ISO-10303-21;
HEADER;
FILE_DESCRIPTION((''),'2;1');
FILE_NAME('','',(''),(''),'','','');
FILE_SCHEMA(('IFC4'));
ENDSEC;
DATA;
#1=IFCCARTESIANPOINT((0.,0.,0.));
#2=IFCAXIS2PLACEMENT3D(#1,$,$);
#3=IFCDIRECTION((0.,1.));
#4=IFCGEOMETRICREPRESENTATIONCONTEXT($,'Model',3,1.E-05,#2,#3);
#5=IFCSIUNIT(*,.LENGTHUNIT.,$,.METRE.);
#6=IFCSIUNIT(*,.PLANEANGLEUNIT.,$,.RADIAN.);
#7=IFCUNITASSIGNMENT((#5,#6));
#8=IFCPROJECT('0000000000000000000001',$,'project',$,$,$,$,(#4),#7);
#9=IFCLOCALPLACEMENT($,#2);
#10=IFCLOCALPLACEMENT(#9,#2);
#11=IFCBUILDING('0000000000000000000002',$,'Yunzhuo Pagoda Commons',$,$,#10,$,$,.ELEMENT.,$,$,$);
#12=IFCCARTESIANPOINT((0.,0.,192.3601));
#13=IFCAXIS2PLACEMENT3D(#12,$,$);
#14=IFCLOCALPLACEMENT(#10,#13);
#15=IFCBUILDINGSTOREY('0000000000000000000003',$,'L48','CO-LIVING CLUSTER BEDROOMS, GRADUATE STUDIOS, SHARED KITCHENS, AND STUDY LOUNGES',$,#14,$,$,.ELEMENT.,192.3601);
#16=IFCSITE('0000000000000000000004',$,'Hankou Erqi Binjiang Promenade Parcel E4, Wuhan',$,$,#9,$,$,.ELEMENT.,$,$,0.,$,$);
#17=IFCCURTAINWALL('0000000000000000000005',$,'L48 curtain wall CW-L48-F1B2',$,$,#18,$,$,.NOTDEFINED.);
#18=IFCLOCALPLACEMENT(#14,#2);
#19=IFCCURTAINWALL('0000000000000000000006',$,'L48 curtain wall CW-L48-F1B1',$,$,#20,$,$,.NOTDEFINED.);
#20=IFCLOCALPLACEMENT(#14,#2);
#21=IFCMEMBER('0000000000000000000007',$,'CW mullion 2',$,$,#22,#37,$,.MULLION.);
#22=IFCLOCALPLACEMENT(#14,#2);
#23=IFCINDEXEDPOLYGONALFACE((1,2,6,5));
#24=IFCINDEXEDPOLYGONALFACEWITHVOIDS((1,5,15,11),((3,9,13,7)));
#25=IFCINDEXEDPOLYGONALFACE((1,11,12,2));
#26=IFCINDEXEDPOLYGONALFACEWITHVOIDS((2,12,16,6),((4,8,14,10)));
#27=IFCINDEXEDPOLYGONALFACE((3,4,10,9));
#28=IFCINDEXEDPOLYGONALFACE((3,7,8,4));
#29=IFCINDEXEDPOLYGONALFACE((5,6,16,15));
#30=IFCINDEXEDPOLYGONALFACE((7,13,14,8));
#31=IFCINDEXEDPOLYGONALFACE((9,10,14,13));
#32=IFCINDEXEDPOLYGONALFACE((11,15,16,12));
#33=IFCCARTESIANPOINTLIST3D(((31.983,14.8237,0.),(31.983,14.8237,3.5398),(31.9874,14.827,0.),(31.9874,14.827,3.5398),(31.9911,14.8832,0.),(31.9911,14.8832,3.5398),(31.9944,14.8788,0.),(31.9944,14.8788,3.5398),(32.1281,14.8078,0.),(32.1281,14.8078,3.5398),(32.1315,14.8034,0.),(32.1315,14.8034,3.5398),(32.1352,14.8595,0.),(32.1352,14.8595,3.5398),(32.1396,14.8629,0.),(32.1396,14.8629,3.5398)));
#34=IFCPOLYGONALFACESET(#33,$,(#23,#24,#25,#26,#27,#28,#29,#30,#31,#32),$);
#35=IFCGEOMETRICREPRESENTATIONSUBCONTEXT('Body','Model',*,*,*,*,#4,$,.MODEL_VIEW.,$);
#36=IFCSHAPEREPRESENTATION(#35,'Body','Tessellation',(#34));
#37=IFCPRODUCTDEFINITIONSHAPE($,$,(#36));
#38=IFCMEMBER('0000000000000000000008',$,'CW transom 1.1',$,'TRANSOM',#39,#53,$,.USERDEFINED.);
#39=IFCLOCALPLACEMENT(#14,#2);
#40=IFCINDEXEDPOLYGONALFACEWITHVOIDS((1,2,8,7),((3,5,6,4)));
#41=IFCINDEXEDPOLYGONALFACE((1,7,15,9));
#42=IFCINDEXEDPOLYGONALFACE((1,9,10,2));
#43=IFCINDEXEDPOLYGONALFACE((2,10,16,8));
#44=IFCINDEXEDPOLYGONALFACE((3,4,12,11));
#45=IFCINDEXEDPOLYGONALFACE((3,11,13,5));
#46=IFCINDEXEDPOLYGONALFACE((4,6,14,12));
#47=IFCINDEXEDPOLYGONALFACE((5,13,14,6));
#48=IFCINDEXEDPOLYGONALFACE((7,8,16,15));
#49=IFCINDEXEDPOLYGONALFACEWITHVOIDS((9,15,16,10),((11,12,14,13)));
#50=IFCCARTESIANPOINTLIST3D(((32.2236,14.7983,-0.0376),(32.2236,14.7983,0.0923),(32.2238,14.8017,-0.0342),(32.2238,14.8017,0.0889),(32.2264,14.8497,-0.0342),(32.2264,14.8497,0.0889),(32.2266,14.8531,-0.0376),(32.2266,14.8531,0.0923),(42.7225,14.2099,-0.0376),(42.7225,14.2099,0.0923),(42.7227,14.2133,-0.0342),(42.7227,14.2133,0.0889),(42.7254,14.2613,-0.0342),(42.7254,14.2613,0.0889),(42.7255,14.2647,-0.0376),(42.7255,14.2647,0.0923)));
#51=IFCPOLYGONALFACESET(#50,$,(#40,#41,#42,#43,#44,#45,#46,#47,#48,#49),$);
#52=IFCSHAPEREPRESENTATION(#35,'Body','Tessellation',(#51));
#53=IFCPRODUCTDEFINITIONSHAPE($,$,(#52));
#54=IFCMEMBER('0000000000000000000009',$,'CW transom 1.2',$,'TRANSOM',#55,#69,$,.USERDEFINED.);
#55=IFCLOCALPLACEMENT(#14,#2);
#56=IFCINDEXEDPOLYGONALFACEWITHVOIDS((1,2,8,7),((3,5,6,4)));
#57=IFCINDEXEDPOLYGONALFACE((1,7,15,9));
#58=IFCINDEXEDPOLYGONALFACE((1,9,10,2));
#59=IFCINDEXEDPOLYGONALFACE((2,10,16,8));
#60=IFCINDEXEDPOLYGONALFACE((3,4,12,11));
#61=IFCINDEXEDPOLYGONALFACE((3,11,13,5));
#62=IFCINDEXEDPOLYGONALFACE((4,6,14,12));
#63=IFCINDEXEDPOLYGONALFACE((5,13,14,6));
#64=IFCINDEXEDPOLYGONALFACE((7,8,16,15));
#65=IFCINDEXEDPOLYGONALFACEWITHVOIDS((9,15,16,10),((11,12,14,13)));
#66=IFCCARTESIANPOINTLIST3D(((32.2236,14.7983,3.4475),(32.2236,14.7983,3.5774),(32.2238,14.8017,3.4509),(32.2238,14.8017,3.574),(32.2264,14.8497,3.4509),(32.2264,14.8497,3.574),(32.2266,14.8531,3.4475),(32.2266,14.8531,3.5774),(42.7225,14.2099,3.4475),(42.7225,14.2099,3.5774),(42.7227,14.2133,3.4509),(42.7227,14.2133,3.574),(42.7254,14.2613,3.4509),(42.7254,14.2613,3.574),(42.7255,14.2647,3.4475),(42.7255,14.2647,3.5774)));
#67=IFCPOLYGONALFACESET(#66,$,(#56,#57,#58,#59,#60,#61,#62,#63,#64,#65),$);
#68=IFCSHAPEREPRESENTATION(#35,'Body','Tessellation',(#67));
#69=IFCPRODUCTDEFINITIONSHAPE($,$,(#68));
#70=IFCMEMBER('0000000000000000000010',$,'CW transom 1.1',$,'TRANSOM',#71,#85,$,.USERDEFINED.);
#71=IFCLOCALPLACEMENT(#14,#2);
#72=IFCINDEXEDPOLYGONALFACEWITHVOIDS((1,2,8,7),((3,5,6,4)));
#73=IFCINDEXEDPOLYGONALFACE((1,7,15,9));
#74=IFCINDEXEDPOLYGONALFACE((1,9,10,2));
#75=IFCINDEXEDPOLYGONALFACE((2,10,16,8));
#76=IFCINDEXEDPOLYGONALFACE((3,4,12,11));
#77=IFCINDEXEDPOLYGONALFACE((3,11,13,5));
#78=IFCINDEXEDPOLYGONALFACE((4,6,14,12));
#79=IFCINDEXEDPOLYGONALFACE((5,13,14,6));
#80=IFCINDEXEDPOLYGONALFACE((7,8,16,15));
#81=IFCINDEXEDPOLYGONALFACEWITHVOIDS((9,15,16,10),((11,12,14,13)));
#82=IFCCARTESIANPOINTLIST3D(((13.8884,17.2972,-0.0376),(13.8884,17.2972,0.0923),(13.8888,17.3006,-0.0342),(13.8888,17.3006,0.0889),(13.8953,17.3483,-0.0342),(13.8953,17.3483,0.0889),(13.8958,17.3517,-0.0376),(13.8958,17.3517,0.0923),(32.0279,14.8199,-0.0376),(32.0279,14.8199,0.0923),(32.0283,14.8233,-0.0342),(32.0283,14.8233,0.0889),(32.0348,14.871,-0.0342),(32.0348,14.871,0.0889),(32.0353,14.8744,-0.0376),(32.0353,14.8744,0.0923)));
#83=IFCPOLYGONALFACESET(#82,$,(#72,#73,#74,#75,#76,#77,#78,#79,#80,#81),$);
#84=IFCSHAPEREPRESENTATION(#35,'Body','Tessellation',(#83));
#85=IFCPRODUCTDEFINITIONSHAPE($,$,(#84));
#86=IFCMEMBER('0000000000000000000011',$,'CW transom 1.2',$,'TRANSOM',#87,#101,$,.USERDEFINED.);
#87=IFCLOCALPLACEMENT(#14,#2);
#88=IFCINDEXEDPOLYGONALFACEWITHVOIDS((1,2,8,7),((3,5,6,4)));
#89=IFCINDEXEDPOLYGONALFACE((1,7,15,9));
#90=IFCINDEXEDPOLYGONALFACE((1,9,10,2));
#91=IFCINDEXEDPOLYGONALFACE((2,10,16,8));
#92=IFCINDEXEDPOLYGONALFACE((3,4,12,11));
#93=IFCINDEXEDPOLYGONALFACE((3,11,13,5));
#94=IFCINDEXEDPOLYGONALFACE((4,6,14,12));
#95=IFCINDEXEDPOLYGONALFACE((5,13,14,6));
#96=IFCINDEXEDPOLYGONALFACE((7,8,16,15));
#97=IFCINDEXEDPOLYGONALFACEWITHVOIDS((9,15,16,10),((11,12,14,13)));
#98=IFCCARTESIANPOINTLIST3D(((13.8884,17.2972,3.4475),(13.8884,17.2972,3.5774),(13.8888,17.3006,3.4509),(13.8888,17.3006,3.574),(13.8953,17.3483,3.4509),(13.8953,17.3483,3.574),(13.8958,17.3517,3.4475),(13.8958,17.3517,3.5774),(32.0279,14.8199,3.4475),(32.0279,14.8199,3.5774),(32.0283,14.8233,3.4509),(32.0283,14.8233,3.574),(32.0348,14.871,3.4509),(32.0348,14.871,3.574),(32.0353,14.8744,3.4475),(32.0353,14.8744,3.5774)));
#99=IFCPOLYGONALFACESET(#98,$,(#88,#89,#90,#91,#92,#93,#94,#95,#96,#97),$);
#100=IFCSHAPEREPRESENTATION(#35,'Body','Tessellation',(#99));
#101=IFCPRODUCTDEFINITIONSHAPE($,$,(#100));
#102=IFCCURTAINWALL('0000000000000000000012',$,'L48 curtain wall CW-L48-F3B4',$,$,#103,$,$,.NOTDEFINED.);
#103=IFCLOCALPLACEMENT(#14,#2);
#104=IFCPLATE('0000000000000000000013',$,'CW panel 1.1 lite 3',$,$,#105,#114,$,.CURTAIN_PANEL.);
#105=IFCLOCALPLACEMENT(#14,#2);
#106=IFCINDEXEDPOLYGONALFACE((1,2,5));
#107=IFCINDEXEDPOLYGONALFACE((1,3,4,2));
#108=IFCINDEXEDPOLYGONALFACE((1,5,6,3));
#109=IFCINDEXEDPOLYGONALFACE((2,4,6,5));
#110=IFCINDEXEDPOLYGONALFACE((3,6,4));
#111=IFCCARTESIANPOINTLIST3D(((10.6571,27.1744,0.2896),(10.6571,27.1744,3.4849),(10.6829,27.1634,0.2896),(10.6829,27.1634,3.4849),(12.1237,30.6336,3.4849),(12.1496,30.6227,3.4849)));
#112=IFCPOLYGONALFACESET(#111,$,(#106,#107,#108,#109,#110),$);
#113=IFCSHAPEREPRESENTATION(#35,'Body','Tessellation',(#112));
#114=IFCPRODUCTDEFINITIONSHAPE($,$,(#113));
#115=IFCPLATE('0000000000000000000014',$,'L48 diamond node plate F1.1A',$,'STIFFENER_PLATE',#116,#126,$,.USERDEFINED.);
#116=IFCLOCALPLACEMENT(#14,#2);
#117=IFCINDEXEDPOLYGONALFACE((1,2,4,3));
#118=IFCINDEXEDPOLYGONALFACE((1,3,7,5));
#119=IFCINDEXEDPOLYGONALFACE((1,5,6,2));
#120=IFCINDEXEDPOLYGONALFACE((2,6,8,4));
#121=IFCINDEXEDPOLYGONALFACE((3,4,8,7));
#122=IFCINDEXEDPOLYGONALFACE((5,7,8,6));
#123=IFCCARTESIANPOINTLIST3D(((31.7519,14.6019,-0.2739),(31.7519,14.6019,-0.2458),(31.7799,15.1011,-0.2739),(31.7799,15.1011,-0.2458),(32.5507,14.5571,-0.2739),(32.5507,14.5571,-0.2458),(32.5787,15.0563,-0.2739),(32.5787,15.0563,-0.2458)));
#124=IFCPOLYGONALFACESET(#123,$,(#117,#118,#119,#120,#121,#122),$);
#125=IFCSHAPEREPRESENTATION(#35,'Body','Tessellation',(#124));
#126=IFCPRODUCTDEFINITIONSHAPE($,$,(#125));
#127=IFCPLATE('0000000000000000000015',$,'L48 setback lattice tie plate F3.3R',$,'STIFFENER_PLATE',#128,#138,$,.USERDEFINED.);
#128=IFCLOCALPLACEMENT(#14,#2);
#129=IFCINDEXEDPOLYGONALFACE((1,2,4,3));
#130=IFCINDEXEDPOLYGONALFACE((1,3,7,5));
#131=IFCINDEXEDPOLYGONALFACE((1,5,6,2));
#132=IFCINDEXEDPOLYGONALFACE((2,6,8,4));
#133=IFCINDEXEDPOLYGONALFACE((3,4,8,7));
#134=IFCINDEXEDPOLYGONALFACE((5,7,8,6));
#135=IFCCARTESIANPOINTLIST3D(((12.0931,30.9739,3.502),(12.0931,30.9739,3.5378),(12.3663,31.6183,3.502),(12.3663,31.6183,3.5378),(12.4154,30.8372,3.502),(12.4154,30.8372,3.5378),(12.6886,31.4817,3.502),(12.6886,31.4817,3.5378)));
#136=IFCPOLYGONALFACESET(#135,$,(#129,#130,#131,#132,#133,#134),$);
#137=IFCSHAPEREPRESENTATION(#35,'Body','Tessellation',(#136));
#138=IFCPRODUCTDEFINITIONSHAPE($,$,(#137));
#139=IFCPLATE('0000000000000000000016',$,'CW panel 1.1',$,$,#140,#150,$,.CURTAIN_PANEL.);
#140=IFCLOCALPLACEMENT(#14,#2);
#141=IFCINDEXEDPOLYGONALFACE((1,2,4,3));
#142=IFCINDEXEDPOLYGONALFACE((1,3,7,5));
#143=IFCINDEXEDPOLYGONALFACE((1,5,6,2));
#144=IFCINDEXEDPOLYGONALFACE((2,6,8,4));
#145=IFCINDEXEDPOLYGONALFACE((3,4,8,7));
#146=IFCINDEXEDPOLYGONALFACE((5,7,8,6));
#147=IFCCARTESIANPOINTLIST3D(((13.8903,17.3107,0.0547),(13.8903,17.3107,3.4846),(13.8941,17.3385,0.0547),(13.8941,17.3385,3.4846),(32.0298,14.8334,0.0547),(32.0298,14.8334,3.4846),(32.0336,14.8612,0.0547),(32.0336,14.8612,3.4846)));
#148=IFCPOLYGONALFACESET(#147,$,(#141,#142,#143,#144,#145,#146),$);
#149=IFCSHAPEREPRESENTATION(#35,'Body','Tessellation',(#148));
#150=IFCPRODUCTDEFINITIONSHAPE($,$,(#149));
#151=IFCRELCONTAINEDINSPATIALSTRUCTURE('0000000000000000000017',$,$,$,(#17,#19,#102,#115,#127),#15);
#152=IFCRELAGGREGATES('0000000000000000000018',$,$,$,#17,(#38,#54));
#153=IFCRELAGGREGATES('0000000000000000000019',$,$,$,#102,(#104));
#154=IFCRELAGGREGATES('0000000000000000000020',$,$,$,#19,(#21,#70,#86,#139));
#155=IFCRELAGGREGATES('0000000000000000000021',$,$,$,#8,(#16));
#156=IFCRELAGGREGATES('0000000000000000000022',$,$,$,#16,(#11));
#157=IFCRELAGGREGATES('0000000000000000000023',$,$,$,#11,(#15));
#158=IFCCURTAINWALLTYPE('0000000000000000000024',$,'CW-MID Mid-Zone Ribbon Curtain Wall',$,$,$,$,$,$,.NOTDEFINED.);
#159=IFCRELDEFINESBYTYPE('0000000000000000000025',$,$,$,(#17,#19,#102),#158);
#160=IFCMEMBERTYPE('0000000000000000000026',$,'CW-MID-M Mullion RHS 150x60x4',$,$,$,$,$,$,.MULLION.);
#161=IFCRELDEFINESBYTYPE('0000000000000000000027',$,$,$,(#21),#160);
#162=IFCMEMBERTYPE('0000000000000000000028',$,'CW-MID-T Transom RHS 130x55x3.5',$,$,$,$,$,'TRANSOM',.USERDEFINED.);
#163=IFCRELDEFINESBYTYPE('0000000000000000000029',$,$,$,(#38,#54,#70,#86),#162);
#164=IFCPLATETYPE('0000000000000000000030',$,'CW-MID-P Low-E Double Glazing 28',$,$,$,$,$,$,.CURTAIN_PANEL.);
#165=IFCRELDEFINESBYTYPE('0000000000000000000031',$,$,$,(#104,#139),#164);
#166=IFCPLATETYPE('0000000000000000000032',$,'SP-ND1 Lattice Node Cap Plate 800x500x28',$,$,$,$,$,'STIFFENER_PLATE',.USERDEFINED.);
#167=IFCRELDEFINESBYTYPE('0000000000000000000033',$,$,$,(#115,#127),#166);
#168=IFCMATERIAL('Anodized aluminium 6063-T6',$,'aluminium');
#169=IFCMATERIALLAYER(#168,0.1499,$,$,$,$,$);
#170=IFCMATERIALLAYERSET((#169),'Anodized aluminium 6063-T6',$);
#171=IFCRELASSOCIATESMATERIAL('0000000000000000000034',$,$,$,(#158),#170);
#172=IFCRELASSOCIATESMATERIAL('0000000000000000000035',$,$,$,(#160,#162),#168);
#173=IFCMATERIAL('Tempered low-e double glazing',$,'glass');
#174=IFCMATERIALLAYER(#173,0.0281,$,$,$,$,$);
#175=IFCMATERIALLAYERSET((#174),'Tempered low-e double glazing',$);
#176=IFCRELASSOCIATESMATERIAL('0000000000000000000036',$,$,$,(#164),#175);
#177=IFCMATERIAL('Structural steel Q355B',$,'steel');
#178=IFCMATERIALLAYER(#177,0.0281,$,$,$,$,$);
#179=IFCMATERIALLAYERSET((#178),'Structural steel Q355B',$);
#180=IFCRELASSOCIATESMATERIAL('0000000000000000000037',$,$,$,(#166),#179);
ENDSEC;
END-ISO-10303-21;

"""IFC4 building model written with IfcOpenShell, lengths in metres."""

from ifc_helpers import new_model, si_unit, direction, frame, origin, origin_2d, place, context, subcontext, project, spatial, polyline, rectangle, hollow_rectangle, outline, extrude, source, transform, mapped, material, layer, layer_set, material_profile, profile_set, type_object, element, aggregate, save


model = new_model("IFC4")

# Units and contexts
model_context = context("Model", 3, precision=1e-05, world=origin(), true_north=direction((0.0, 1.0)))
body_context = subcontext(model_context, "Body", "Model", "MODEL_VIEW")
ifc_project = project(units=[si_unit("LENGTHUNIT", "METRE"), si_unit("PLANEANGLEUNIT", "RADIAN")], contexts=[model_context])

# Site, building, storey
site_placement = place(None, origin())
site = spatial("IfcSite", under=ifc_project, at=site_placement, Name="Hankou Erqi Binjiang Promenade Parcel E4, Wuhan", CompositionType="ELEMENT", RefElevation=0.0)
building_placement = place(site_placement, origin())
building = spatial("IfcBuilding", under=site, at=building_placement, Name="Yunzhuo Pagoda Commons", CompositionType="ELEMENT")
storey_placement = place(building_placement, frame((0.0, 0.0, 192.3601)))
storey = spatial("IfcBuildingStorey", under=building, at=storey_placement, Name="L48", Description="CO-LIVING CLUSTER BEDROOMS, GRADUATE STUDIOS, SHARED KITCHENS, AND STUDY LOUNGES", CompositionType="ELEMENT", Elevation=192.3601)

# Shared definitions
ifc_material_1 = material(Name="Structural steel Q355B", Category="steel")

# Curtain wall
ifc_material_2 = material(Name="Anodized aluminium 6063-T6", Category="aluminium")
ifc_layer_1 = layer(ifc_material_2, 0.1499)
ifc_layer_set_1 = layer_set([ifc_layer_1], Name="Anodized aluminium 6063-T6")
curtain_wall_type = type_object("IfcCurtainWallType", Name="CW-MID Mid-Zone Ribbon Curtain Wall", PredefinedType="NOTDEFINED", material=ifc_layer_set_1)
curtain_wall_1_placement = place(storey_placement, origin())
curtain_wall_1 = element("IfcCurtainWall", 1, at=curtain_wall_1_placement, inside=storey, type_object=curtain_wall_type, Name="L48 curtain wall CW-L48-F1B2", PredefinedType="NOTDEFINED")
ifc_material_profile_1 = material_profile(ifc_material_2, hollow_rectangle(XDim=0.0601, YDim=0.1499, WallThickness=0.0039, at=origin_2d()), Name="Anodized aluminium 6063-T6")
ifc_profile_set_1 = profile_set([ifc_material_profile_1], Name="Anodized aluminium 6063-T6")
member_type_1 = type_object("IfcMemberType", Name="CW-MID-M Mullion RHS 150x60x4", PredefinedType="MULLION", material=ifc_profile_set_1)
shared_shape_1 = source(origin(), body_context, "Body", "SweptSolid", [
    extrude(hollow_rectangle(XDim=0.0601, YDim=0.1499, WallThickness=0.0039, at=origin_2d()), origin(), (0.0, 0.0, 1.0), 3.5398),
])

# Curtain wall, member
curtain_wall_2_placement = place(storey_placement, origin())
curtain_wall_2 = element("IfcCurtainWall", 2, at=curtain_wall_2_placement, inside=storey, type_object=curtain_wall_type, Name="L48 curtain wall CW-L48-F1B1", PredefinedType="NOTDEFINED")
member_1_placement = place(storey_placement, frame((32.0613, 14.8433, 0.0), z_axis=(0.0, 0.0, 1.0), x_axis=(0.135312, 0.990803, 0.0)))
member_1 = element("IfcMember", 3, at=member_1_placement, type_object=member_type_1, Name="CW mullion 2", PredefinedType="MULLION", context=body_context, shape_type="MappedRepresentation", body=[
    mapped(shared_shape_1, transform((0.0, 0.0, 0.0), scale=1.0)),
])

# Members
ifc_material_profile_2 = material_profile(ifc_material_2, hollow_rectangle(XDim=0.0549, YDim=0.1299, WallThickness=0.0034, at=origin_2d()), Name="Anodized aluminium 6063-T6")
ifc_profile_set_2 = profile_set([ifc_material_profile_2], Name="Anodized aluminium 6063-T6")
member_type_2 = type_object("IfcMemberType", Name="CW-MID-T Transom RHS 130x55x3.5", ElementType="TRANSOM", PredefinedType="USERDEFINED", material=ifc_profile_set_2)
shared_shape_2 = source(origin(), body_context, "Body", "SweptSolid", [
    extrude(hollow_rectangle(XDim=0.0549, YDim=0.1299, WallThickness=0.0034, at=origin_2d()), origin(), (0.0, 0.0, 1.0), 10.5154),
])
member_2_placement = place(storey_placement, frame((32.2251, 14.8257, 0.0273), z_axis=(0.998433, -0.055954, 0.0), x_axis=(0.055954, 0.998433, 0.0)))
member_2 = element("IfcMember", 4, at=member_2_placement, type_object=member_type_2, Name="CW transom 1.1", ObjectType="TRANSOM", PredefinedType="USERDEFINED", context=body_context, shape_type="MappedRepresentation", body=[
    mapped(shared_shape_2, transform((0.0, 0.0, 0.0), scale=1.0)),
])
member_3_placement = place(storey_placement, frame((32.2251, 14.8257, 3.5125), z_axis=(0.998433, -0.055954, 0.0), x_axis=(0.055954, 0.998433, 0.0)))
member_3 = element("IfcMember", 5, at=member_3_placement, type_object=member_type_2, Name="CW transom 1.2", ObjectType="TRANSOM", PredefinedType="USERDEFINED", context=body_context, shape_type="MappedRepresentation", body=[
    mapped(shared_shape_2, transform((0.0, 0.0, 0.0), scale=1.0)),
])
aggregate(curtain_wall_1, [member_2, member_3])
shared_shape_3 = source(origin(), body_context, "Body", "SweptSolid", [
    extrude(hollow_rectangle(XDim=0.0549, YDim=0.1299, WallThickness=0.0034, at=origin_2d()), origin(), (0.0, 0.0, 1.0), 18.3079),
])
member_4_placement = place(storey_placement, frame((13.8921, 17.3245, 0.0273), z_axis=(0.990803, -0.135314, 0.0), x_axis=(0.135314, 0.990803, 0.0)))
member_4 = element("IfcMember", 6, at=member_4_placement, type_object=member_type_2, Name="CW transom 1.1", ObjectType="TRANSOM", PredefinedType="USERDEFINED", context=body_context, shape_type="MappedRepresentation", body=[
    mapped(shared_shape_3, transform((0.0, 0.0, 0.0), scale=1.0)),
])
member_5_placement = place(storey_placement, frame((13.8921, 17.3245, 3.5125), z_axis=(0.990803, -0.135314, 0.0), x_axis=(0.135314, 0.990803, 0.0)))
member_5 = element("IfcMember", 7, at=member_5_placement, type_object=member_type_2, Name="CW transom 1.2", ObjectType="TRANSOM", PredefinedType="USERDEFINED", context=body_context, shape_type="MappedRepresentation", body=[
    mapped(shared_shape_3, transform((0.0, 0.0, 0.0), scale=1.0)),
])

# Curtain wall, plate
curtain_wall_3_placement = place(storey_placement, origin())
curtain_wall_3 = element("IfcCurtainWall", 8, at=curtain_wall_3_placement, inside=storey, type_object=curtain_wall_type, Name="L48 curtain wall CW-L48-F3B4", PredefinedType="NOTDEFINED")
ifc_material_3 = material(Name="Tempered low-e double glazing", Category="glass")
ifc_layer_2 = layer(ifc_material_3, 0.0281)
ifc_layer_set_2 = layer_set([ifc_layer_2], Name="Tempered low-e double glazing")
plate_type_1 = type_object("IfcPlateType", Name="CW-MID-P Low-E Double Glazing 28", PredefinedType="CURTAIN_PANEL", material=ifc_layer_set_2)
plate_1_placement = place(storey_placement, frame((11.4163, 28.8931, 1.8872), z_axis=(-0.920667, 0.39035, 0.0), x_axis=(-0.39035, -0.920667, 0.0)))
plate_1 = element("IfcPlate", 9, at=plate_1_placement, type_object=plate_type_1, Name="CW panel 1.1 lite 3", PredefinedType="CURTAIN_PANEL", context=body_context, shape_type="SweptSolid", body=[
    extrude(outline(polyline([(-1.8787, 1.5977), (1.8787, -1.5977), (1.8787, 1.5977), (-1.8787, 1.5977)])), origin(), (0.0, 0.0, 1.0), 0.0281),
])
aggregate(curtain_wall_3, [plate_1])

# Plates
ifc_layer_3 = layer(ifc_material_1, 0.0281)
ifc_layer_set_3 = layer_set([ifc_layer_3], Name="Structural steel Q355B")
plate_type_2 = type_object("IfcPlateType", Name="SP-ND1 Lattice Node Cap Plate 800x500x28", ElementType="STIFFENER_PLATE", PredefinedType="USERDEFINED", material=ifc_layer_set_3)
shared_shape_4 = source(origin(), body_context, "Body", "SweptSolid", [
    extrude(rectangle(XDim=0.8, YDim=0.5, at=origin_2d()), origin(), (0.0, 0.0, 1.0), 0.0281),
])
plate_2_placement = place(storey_placement, frame((32.1653, 14.8291, -0.2739), z_axis=(0.0, 0.0, 1.0), x_axis=(0.998432, -0.055978, 0.0)))
element("IfcPlate", 10, at=plate_2_placement, inside=storey, type_object=plate_type_2, Name="L48 diamond node plate F1.1A", ObjectType="STIFFENER_PLATE", PredefinedType="USERDEFINED", context=body_context, shape_type="MappedRepresentation", body=[
    mapped(shared_shape_4, transform((0.0, 0.0, 0.0), scale=1.0)),
])
shared_shape_5 = source(origin(), body_context, "Body", "SweptSolid", [
    extrude(rectangle(XDim=0.7, YDim=0.3501, at=origin_2d()), origin(), (0.0, 0.0, 1.0), 0.0359),
])
plate_3_placement = place(storey_placement, frame((12.3909, 31.2278, 3.502), z_axis=(0.0, 0.0, 1.0), x_axis=(-0.390346, -0.920668, 0.0)))
element("IfcPlate", 11, at=plate_3_placement, inside=storey, type_object=plate_type_2, Name="L48 setback lattice tie plate F3.3R", ObjectType="STIFFENER_PLATE", PredefinedType="USERDEFINED", context=body_context, shape_type="MappedRepresentation", body=[
    mapped(shared_shape_5, transform((0.0, 0.0, 0.0), scale=1.0)),
])

# Plate
shared_shape_6 = source(origin(), body_context, "Body", "SweptSolid", [
    extrude(rectangle(XDim=18.3079, YDim=0.0281, at=origin_2d()), origin(), (0.0, 0.0, 1.0), 3.4299),
])
plate_4_placement = place(storey_placement, frame((22.9619, 16.0859, 0.0547), z_axis=(0.0, 0.0, 1.0), x_axis=(0.990803, -0.135312, 0.0)))
plate_4 = element("IfcPlate", 12, at=plate_4_placement, type_object=plate_type_1, Name="CW panel 1.1", PredefinedType="CURTAIN_PANEL", context=body_context, shape_type="MappedRepresentation", body=[
    mapped(shared_shape_6, transform((0.0, 0.0, 0.0), scale=1.0)),
])
aggregate(curtain_wall_2, [member_1, member_4, member_5, plate_4])

save(model, "model.ifc")
